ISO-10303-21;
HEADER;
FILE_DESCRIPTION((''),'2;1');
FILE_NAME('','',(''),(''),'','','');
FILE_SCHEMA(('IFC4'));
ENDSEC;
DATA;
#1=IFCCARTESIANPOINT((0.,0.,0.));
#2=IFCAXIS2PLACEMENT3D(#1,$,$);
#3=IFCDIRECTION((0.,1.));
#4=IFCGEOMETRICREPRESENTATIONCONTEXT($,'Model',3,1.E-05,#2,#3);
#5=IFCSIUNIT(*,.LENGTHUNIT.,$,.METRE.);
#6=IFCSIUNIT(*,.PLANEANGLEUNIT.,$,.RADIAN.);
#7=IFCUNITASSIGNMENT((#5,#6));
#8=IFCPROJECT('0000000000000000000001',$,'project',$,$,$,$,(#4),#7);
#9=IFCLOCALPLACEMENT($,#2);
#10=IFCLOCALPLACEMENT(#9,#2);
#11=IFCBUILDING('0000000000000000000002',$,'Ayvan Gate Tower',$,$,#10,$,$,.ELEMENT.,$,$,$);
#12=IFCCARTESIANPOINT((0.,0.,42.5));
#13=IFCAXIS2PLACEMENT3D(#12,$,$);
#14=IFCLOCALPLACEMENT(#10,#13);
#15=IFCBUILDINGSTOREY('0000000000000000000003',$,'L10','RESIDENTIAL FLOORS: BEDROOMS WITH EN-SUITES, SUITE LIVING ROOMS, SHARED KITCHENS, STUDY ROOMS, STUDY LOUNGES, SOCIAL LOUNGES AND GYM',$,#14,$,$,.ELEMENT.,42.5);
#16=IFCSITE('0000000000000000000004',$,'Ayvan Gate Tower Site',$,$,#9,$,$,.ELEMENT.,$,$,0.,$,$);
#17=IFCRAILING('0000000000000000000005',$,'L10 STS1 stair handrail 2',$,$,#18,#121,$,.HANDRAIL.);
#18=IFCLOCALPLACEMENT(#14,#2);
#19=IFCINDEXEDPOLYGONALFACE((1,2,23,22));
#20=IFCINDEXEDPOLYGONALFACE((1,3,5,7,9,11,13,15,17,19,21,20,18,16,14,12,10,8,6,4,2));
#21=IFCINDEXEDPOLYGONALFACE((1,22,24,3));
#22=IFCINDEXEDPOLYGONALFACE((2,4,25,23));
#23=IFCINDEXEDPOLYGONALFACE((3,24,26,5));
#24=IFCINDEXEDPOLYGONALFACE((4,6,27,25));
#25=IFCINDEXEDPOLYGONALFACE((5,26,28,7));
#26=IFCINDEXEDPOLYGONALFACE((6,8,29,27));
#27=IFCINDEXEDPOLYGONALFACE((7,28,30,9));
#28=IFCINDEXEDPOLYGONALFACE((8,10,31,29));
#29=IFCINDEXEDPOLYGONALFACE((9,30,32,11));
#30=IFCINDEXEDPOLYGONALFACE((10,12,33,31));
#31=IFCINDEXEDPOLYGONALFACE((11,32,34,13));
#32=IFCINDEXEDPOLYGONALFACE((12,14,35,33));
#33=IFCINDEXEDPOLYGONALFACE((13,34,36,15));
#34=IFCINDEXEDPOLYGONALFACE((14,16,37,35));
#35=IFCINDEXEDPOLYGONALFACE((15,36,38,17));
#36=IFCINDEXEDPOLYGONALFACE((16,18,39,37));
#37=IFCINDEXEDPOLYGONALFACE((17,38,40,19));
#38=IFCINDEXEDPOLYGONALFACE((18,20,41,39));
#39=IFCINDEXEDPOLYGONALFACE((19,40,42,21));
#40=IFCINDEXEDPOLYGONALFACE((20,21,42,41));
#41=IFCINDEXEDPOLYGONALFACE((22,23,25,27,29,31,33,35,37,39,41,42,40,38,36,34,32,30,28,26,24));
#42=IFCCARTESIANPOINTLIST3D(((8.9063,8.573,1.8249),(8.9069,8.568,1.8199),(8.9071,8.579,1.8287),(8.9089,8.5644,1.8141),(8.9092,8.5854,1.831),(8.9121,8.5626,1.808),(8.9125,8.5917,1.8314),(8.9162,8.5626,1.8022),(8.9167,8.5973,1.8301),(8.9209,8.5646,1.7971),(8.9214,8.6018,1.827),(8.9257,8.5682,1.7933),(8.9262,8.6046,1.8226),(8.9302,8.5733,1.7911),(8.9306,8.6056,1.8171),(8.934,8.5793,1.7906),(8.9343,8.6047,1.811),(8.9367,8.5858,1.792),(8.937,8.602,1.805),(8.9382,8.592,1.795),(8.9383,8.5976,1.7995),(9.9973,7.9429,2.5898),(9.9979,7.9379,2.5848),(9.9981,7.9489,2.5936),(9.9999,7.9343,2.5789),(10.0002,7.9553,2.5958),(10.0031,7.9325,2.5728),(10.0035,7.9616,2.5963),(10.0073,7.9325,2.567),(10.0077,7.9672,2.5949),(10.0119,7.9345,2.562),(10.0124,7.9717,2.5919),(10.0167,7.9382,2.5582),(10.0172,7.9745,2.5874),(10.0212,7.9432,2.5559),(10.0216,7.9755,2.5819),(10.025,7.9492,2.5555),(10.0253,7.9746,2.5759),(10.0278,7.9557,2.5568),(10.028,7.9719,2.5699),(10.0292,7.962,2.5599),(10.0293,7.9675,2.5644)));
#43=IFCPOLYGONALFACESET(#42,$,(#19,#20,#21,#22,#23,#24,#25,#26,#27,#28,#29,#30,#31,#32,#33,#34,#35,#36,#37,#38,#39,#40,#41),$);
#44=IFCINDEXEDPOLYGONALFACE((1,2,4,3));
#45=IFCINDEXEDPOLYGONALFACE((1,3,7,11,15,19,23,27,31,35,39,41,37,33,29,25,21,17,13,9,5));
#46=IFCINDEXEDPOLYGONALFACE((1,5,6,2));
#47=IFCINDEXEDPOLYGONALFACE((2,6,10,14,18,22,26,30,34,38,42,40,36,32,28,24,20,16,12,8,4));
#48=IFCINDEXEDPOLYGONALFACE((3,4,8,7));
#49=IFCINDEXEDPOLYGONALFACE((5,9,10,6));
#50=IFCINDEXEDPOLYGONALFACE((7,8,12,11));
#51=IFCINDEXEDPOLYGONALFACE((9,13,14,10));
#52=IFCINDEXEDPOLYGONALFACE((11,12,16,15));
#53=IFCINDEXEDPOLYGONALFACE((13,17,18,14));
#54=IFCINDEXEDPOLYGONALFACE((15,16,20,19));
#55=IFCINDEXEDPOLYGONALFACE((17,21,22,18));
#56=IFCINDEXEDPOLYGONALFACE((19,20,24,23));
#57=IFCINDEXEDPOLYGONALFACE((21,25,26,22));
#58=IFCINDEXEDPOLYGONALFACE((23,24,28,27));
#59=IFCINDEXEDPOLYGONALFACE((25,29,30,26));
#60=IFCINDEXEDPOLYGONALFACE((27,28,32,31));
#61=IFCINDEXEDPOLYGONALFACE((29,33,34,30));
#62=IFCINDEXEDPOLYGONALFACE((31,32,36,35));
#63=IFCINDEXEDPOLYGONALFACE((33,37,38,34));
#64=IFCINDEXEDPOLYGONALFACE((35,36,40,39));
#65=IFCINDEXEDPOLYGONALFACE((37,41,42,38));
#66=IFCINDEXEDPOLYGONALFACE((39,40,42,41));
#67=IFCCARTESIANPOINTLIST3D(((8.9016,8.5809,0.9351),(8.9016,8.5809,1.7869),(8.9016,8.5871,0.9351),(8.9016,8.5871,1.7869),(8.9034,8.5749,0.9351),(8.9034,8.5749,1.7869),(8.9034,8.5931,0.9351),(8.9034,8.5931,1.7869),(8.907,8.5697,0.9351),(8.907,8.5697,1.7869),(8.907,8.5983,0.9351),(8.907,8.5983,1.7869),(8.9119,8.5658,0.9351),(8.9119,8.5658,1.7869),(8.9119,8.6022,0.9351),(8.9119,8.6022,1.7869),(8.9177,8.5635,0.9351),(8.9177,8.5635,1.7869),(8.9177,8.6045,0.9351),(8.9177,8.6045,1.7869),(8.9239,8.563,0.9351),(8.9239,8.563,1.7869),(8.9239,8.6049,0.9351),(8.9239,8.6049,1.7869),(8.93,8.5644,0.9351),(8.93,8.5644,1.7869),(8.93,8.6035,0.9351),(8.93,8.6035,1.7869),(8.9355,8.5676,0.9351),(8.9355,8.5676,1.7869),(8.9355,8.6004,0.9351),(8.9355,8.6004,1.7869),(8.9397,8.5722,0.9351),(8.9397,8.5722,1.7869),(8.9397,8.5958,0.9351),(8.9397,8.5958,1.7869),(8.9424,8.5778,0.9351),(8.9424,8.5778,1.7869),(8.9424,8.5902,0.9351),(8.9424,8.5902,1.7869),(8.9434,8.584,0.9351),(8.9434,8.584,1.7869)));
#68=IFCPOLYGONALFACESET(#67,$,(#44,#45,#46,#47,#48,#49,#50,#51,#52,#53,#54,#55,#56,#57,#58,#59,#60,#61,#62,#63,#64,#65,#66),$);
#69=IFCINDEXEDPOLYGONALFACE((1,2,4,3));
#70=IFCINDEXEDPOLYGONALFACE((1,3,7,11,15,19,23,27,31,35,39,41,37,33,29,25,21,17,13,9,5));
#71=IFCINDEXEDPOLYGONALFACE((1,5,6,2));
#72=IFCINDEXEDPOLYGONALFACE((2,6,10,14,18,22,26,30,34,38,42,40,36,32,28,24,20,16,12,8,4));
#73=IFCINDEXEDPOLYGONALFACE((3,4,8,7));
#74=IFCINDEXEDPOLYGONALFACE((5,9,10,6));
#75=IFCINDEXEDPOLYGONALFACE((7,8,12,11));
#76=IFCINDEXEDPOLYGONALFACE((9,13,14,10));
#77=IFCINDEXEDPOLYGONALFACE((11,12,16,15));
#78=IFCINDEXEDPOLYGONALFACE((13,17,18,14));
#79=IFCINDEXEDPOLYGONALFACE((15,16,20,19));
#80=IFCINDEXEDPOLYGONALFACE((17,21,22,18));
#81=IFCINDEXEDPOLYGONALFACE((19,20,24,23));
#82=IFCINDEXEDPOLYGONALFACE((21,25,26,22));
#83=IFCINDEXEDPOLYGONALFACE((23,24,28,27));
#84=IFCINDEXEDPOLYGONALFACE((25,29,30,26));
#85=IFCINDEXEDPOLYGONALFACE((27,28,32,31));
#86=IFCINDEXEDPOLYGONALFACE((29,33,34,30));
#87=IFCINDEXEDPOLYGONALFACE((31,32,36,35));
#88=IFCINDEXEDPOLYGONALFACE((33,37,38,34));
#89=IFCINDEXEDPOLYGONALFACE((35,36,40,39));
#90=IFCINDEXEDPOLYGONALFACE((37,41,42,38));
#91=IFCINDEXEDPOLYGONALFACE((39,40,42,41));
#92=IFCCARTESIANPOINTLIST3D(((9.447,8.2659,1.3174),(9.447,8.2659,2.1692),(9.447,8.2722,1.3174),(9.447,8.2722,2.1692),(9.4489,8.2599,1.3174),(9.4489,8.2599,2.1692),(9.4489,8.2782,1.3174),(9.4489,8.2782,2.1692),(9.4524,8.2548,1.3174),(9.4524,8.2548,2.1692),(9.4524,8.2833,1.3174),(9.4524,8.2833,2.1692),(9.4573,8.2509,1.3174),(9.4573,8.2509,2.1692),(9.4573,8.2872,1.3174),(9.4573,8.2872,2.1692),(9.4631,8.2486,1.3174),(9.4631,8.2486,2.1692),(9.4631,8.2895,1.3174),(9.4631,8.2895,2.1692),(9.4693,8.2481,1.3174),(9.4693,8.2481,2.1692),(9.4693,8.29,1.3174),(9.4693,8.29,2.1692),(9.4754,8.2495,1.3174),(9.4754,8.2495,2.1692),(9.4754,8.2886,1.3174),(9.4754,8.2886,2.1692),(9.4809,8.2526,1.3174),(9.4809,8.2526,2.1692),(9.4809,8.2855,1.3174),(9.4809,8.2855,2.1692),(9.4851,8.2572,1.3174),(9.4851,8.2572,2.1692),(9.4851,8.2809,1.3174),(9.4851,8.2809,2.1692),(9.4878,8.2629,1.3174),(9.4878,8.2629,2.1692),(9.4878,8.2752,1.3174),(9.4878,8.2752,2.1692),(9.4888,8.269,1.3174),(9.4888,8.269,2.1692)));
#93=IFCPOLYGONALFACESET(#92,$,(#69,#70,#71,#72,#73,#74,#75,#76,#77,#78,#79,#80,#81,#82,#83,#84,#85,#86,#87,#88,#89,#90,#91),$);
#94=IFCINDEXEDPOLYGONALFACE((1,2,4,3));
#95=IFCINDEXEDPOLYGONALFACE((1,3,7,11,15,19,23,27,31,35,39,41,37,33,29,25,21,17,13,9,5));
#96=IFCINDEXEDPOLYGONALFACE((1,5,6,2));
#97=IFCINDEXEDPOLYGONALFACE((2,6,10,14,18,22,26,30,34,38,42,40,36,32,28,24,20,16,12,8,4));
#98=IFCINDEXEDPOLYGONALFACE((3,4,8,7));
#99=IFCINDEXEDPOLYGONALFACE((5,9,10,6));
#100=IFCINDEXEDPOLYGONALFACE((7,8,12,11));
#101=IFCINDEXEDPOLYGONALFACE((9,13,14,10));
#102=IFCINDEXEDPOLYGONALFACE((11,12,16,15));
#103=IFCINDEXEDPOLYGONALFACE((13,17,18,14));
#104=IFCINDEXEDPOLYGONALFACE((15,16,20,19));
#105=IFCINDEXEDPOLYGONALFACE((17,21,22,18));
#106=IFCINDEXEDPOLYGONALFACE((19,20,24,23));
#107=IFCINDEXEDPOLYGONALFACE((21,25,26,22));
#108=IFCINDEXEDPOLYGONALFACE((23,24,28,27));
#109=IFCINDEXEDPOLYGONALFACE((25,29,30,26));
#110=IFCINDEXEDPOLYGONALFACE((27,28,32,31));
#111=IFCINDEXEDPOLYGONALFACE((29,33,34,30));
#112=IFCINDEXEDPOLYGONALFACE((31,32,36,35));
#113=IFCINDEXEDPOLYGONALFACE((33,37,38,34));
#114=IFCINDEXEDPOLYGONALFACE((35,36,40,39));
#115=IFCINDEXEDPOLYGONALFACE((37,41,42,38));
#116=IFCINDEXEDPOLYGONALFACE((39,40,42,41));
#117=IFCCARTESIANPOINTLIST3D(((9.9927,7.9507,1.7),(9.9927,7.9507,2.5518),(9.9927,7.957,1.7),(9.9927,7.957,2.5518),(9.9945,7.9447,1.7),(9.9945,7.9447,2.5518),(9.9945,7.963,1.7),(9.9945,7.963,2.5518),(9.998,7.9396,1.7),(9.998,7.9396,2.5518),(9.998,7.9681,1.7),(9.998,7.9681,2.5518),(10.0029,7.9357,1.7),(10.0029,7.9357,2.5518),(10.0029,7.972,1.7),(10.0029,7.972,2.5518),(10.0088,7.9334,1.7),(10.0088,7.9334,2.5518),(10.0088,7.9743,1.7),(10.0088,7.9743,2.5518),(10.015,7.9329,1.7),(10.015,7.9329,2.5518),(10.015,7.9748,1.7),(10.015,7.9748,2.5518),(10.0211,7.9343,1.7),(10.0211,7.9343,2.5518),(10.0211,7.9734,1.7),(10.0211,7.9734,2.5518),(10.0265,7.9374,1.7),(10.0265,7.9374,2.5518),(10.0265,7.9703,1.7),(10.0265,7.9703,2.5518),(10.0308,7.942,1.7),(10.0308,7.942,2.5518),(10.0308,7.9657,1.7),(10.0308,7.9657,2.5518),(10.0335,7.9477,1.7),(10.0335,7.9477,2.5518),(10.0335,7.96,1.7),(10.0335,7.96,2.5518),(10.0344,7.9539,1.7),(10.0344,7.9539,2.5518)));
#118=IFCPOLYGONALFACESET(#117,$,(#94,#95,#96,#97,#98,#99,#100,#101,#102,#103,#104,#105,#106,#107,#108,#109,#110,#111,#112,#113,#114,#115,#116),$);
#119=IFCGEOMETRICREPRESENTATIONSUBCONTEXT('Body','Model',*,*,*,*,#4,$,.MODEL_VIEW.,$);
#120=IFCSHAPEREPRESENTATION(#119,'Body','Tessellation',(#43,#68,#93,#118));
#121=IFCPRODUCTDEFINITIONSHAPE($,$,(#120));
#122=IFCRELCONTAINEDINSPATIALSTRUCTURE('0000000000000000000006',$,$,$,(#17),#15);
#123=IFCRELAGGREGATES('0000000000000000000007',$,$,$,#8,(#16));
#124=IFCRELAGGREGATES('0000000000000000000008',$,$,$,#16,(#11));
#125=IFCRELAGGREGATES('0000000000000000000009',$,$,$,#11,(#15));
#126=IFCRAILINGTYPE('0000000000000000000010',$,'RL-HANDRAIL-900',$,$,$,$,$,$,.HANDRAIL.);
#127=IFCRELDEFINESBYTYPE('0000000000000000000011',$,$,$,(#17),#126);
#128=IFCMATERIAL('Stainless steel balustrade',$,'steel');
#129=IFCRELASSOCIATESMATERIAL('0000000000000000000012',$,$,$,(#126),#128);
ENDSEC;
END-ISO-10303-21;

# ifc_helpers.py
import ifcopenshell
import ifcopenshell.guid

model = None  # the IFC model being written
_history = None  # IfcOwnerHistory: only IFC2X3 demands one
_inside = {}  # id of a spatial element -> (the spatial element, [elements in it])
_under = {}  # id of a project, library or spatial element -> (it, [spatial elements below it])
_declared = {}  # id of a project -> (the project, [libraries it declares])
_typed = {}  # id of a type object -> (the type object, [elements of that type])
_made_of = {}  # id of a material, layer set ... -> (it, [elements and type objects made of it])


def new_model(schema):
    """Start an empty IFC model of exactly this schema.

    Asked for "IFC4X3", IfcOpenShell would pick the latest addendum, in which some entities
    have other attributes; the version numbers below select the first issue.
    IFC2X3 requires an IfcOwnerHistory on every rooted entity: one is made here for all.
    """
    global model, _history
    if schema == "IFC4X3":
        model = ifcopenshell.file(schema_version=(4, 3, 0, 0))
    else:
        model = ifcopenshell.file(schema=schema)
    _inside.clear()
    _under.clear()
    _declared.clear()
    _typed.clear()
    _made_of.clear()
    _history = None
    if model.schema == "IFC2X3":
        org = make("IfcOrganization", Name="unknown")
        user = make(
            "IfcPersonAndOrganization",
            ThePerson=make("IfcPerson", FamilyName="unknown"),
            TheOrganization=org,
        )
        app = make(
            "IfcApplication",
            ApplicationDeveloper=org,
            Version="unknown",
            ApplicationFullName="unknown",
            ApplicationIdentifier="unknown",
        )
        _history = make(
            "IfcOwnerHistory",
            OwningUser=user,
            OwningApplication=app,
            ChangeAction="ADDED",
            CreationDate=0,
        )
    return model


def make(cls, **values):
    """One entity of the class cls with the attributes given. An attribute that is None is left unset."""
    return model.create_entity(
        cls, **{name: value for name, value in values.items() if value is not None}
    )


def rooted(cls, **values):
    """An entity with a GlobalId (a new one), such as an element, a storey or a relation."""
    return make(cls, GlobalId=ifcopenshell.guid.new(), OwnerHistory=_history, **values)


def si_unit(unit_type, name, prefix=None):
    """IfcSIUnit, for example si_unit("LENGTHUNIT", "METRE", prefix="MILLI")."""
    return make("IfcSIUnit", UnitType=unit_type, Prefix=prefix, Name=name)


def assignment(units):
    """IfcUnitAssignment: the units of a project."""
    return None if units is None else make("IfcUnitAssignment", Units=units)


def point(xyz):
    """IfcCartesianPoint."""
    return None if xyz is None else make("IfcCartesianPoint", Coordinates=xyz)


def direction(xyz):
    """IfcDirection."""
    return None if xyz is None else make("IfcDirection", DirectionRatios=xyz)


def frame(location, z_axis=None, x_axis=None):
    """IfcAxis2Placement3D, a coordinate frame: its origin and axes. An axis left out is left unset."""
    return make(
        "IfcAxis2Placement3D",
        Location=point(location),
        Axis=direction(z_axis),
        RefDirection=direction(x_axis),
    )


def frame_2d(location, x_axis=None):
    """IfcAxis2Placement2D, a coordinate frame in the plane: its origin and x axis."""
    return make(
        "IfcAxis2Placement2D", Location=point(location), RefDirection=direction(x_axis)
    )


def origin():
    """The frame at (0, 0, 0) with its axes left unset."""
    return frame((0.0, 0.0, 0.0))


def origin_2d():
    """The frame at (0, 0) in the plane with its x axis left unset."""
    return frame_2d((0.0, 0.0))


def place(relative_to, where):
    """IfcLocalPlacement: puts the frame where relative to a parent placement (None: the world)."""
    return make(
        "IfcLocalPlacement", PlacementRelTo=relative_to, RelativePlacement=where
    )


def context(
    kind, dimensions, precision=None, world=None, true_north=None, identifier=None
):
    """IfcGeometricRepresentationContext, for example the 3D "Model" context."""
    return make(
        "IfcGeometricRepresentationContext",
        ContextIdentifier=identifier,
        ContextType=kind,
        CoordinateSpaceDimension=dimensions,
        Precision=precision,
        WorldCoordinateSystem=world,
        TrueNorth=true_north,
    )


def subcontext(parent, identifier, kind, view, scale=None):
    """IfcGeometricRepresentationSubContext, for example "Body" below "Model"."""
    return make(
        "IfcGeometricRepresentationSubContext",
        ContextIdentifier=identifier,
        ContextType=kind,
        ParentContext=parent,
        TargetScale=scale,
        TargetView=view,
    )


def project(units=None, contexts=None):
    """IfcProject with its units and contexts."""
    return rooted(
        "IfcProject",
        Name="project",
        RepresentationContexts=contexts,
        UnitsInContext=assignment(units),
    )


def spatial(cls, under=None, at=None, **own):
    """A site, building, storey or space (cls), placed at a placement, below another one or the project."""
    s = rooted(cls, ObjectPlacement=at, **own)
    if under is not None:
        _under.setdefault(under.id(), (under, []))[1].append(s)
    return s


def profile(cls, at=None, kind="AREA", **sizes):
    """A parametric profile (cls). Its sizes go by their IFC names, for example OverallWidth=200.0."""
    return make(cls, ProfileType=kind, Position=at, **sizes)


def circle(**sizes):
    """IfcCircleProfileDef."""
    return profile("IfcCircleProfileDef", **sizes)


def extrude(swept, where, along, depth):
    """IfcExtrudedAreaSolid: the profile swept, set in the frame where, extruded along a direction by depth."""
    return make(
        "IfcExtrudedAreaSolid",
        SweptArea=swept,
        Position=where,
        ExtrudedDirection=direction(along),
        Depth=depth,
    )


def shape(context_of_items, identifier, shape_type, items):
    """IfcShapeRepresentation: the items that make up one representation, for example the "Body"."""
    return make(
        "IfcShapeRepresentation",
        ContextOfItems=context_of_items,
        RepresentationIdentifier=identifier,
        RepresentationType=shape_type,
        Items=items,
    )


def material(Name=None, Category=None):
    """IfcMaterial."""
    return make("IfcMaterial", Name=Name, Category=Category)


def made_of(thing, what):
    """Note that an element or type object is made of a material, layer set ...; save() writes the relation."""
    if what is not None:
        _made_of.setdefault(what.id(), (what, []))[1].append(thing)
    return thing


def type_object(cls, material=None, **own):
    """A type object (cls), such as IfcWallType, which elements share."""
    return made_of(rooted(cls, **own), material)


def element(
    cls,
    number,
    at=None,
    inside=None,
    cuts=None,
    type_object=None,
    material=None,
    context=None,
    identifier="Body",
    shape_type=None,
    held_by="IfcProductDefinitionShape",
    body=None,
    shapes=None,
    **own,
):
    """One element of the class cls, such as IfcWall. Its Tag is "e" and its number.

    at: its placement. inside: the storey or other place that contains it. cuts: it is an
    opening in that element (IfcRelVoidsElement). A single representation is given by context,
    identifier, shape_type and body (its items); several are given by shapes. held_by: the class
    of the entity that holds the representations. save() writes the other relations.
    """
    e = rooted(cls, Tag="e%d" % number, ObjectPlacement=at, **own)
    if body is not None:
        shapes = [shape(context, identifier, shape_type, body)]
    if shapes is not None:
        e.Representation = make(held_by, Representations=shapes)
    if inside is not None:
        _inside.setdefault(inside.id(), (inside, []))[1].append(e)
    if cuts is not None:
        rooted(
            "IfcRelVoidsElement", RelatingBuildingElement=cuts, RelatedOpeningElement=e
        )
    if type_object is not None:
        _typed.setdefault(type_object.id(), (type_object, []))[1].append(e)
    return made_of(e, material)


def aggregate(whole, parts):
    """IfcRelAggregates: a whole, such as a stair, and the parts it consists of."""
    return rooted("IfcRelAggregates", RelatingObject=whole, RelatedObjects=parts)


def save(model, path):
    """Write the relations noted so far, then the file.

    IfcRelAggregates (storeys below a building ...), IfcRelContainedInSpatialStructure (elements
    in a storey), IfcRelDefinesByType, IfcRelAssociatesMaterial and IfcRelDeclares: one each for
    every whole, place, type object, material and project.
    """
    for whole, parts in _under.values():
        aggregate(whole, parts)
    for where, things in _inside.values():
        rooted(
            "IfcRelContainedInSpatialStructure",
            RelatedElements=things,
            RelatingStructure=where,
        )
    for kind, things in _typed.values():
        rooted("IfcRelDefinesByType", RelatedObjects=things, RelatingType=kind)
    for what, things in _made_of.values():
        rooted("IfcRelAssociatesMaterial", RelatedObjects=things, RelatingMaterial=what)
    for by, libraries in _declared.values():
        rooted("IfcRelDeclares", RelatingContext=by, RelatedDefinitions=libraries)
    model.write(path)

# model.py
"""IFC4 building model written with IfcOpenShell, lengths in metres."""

from ifc_helpers import new_model, si_unit, direction, frame, origin, origin_2d, place, context, subcontext, project, spatial, circle, extrude, material, type_object, element, save


model = new_model("IFC4")

# Units and contexts
model_context = context("Model", 3, precision=1e-05, world=origin(), true_north=direction((0.0, 1.0)))
body_context = subcontext(model_context, "Body", "Model", "MODEL_VIEW")
ifc_project = project(units=[si_unit("LENGTHUNIT", "METRE"), si_unit("PLANEANGLEUNIT", "RADIAN")], contexts=[model_context])

# Site, building, storey
site_placement = place(None, origin())
site = spatial("IfcSite", under=ifc_project, at=site_placement, Name="Ayvan Gate Tower Site", CompositionType="ELEMENT", RefElevation=0.0)
building_placement = place(site_placement, origin())
building = spatial("IfcBuilding", under=site, at=building_placement, Name="Ayvan Gate Tower", CompositionType="ELEMENT")
storey_placement = place(building_placement, frame((0.0, 0.0, 42.5)))
storey = spatial("IfcBuildingStorey", under=building, at=storey_placement, Name="L10", Description="RESIDENTIAL FLOORS: BEDROOMS WITH EN-SUITES, SUITE LIVING ROOMS, SHARED KITCHENS, STUDY ROOMS, STUDY LOUNGES, SOCIAL LOUNGES AND GYM", CompositionType="ELEMENT", Elevation=42.5)

# Railing
ifc_material_1 = material(Name="Stainless steel balustrade", Category="steel")
railing_type_1 = type_object("IfcRailingType", Name="RL-HANDRAIL-900", PredefinedType="HANDRAIL", material=ifc_material_1)
railing_1_placement = place(storey_placement, frame((8.9224, 8.584, 0.9351)))
element("IfcRailing", 1, at=railing_1_placement, inside=storey, type_object=railing_type_1, Name="L10 STS1 stair handrail 2", PredefinedType="HANDRAIL", context=body_context, shape_type="SweptSolid", body=[
    extrude(circle(Radius=0.0239, at=origin_2d()), frame((0.0, 0.0, 0.876), z_axis=(0.740229, -0.427508, 0.518939), x_axis=(0.500119, 0.865956, 0.0)), (0.0, 0.0, 1.0), 1.4739),
    extrude(circle(Radius=0.021, at=origin_2d()), origin(), (0.0, 0.0, 1.0), 0.8518),
    extrude(circle(Radius=0.021, at=origin_2d()), frame((0.5454, -0.3149, 0.3823)), (0.0, 0.0, 1.0), 0.8518),
    extrude(circle(Radius=0.021, at=origin_2d()), frame((1.0911, -0.6301, 0.7649)), (0.0, 0.0, 1.0), 0.8518),
])

save(model, "model.ifc")
